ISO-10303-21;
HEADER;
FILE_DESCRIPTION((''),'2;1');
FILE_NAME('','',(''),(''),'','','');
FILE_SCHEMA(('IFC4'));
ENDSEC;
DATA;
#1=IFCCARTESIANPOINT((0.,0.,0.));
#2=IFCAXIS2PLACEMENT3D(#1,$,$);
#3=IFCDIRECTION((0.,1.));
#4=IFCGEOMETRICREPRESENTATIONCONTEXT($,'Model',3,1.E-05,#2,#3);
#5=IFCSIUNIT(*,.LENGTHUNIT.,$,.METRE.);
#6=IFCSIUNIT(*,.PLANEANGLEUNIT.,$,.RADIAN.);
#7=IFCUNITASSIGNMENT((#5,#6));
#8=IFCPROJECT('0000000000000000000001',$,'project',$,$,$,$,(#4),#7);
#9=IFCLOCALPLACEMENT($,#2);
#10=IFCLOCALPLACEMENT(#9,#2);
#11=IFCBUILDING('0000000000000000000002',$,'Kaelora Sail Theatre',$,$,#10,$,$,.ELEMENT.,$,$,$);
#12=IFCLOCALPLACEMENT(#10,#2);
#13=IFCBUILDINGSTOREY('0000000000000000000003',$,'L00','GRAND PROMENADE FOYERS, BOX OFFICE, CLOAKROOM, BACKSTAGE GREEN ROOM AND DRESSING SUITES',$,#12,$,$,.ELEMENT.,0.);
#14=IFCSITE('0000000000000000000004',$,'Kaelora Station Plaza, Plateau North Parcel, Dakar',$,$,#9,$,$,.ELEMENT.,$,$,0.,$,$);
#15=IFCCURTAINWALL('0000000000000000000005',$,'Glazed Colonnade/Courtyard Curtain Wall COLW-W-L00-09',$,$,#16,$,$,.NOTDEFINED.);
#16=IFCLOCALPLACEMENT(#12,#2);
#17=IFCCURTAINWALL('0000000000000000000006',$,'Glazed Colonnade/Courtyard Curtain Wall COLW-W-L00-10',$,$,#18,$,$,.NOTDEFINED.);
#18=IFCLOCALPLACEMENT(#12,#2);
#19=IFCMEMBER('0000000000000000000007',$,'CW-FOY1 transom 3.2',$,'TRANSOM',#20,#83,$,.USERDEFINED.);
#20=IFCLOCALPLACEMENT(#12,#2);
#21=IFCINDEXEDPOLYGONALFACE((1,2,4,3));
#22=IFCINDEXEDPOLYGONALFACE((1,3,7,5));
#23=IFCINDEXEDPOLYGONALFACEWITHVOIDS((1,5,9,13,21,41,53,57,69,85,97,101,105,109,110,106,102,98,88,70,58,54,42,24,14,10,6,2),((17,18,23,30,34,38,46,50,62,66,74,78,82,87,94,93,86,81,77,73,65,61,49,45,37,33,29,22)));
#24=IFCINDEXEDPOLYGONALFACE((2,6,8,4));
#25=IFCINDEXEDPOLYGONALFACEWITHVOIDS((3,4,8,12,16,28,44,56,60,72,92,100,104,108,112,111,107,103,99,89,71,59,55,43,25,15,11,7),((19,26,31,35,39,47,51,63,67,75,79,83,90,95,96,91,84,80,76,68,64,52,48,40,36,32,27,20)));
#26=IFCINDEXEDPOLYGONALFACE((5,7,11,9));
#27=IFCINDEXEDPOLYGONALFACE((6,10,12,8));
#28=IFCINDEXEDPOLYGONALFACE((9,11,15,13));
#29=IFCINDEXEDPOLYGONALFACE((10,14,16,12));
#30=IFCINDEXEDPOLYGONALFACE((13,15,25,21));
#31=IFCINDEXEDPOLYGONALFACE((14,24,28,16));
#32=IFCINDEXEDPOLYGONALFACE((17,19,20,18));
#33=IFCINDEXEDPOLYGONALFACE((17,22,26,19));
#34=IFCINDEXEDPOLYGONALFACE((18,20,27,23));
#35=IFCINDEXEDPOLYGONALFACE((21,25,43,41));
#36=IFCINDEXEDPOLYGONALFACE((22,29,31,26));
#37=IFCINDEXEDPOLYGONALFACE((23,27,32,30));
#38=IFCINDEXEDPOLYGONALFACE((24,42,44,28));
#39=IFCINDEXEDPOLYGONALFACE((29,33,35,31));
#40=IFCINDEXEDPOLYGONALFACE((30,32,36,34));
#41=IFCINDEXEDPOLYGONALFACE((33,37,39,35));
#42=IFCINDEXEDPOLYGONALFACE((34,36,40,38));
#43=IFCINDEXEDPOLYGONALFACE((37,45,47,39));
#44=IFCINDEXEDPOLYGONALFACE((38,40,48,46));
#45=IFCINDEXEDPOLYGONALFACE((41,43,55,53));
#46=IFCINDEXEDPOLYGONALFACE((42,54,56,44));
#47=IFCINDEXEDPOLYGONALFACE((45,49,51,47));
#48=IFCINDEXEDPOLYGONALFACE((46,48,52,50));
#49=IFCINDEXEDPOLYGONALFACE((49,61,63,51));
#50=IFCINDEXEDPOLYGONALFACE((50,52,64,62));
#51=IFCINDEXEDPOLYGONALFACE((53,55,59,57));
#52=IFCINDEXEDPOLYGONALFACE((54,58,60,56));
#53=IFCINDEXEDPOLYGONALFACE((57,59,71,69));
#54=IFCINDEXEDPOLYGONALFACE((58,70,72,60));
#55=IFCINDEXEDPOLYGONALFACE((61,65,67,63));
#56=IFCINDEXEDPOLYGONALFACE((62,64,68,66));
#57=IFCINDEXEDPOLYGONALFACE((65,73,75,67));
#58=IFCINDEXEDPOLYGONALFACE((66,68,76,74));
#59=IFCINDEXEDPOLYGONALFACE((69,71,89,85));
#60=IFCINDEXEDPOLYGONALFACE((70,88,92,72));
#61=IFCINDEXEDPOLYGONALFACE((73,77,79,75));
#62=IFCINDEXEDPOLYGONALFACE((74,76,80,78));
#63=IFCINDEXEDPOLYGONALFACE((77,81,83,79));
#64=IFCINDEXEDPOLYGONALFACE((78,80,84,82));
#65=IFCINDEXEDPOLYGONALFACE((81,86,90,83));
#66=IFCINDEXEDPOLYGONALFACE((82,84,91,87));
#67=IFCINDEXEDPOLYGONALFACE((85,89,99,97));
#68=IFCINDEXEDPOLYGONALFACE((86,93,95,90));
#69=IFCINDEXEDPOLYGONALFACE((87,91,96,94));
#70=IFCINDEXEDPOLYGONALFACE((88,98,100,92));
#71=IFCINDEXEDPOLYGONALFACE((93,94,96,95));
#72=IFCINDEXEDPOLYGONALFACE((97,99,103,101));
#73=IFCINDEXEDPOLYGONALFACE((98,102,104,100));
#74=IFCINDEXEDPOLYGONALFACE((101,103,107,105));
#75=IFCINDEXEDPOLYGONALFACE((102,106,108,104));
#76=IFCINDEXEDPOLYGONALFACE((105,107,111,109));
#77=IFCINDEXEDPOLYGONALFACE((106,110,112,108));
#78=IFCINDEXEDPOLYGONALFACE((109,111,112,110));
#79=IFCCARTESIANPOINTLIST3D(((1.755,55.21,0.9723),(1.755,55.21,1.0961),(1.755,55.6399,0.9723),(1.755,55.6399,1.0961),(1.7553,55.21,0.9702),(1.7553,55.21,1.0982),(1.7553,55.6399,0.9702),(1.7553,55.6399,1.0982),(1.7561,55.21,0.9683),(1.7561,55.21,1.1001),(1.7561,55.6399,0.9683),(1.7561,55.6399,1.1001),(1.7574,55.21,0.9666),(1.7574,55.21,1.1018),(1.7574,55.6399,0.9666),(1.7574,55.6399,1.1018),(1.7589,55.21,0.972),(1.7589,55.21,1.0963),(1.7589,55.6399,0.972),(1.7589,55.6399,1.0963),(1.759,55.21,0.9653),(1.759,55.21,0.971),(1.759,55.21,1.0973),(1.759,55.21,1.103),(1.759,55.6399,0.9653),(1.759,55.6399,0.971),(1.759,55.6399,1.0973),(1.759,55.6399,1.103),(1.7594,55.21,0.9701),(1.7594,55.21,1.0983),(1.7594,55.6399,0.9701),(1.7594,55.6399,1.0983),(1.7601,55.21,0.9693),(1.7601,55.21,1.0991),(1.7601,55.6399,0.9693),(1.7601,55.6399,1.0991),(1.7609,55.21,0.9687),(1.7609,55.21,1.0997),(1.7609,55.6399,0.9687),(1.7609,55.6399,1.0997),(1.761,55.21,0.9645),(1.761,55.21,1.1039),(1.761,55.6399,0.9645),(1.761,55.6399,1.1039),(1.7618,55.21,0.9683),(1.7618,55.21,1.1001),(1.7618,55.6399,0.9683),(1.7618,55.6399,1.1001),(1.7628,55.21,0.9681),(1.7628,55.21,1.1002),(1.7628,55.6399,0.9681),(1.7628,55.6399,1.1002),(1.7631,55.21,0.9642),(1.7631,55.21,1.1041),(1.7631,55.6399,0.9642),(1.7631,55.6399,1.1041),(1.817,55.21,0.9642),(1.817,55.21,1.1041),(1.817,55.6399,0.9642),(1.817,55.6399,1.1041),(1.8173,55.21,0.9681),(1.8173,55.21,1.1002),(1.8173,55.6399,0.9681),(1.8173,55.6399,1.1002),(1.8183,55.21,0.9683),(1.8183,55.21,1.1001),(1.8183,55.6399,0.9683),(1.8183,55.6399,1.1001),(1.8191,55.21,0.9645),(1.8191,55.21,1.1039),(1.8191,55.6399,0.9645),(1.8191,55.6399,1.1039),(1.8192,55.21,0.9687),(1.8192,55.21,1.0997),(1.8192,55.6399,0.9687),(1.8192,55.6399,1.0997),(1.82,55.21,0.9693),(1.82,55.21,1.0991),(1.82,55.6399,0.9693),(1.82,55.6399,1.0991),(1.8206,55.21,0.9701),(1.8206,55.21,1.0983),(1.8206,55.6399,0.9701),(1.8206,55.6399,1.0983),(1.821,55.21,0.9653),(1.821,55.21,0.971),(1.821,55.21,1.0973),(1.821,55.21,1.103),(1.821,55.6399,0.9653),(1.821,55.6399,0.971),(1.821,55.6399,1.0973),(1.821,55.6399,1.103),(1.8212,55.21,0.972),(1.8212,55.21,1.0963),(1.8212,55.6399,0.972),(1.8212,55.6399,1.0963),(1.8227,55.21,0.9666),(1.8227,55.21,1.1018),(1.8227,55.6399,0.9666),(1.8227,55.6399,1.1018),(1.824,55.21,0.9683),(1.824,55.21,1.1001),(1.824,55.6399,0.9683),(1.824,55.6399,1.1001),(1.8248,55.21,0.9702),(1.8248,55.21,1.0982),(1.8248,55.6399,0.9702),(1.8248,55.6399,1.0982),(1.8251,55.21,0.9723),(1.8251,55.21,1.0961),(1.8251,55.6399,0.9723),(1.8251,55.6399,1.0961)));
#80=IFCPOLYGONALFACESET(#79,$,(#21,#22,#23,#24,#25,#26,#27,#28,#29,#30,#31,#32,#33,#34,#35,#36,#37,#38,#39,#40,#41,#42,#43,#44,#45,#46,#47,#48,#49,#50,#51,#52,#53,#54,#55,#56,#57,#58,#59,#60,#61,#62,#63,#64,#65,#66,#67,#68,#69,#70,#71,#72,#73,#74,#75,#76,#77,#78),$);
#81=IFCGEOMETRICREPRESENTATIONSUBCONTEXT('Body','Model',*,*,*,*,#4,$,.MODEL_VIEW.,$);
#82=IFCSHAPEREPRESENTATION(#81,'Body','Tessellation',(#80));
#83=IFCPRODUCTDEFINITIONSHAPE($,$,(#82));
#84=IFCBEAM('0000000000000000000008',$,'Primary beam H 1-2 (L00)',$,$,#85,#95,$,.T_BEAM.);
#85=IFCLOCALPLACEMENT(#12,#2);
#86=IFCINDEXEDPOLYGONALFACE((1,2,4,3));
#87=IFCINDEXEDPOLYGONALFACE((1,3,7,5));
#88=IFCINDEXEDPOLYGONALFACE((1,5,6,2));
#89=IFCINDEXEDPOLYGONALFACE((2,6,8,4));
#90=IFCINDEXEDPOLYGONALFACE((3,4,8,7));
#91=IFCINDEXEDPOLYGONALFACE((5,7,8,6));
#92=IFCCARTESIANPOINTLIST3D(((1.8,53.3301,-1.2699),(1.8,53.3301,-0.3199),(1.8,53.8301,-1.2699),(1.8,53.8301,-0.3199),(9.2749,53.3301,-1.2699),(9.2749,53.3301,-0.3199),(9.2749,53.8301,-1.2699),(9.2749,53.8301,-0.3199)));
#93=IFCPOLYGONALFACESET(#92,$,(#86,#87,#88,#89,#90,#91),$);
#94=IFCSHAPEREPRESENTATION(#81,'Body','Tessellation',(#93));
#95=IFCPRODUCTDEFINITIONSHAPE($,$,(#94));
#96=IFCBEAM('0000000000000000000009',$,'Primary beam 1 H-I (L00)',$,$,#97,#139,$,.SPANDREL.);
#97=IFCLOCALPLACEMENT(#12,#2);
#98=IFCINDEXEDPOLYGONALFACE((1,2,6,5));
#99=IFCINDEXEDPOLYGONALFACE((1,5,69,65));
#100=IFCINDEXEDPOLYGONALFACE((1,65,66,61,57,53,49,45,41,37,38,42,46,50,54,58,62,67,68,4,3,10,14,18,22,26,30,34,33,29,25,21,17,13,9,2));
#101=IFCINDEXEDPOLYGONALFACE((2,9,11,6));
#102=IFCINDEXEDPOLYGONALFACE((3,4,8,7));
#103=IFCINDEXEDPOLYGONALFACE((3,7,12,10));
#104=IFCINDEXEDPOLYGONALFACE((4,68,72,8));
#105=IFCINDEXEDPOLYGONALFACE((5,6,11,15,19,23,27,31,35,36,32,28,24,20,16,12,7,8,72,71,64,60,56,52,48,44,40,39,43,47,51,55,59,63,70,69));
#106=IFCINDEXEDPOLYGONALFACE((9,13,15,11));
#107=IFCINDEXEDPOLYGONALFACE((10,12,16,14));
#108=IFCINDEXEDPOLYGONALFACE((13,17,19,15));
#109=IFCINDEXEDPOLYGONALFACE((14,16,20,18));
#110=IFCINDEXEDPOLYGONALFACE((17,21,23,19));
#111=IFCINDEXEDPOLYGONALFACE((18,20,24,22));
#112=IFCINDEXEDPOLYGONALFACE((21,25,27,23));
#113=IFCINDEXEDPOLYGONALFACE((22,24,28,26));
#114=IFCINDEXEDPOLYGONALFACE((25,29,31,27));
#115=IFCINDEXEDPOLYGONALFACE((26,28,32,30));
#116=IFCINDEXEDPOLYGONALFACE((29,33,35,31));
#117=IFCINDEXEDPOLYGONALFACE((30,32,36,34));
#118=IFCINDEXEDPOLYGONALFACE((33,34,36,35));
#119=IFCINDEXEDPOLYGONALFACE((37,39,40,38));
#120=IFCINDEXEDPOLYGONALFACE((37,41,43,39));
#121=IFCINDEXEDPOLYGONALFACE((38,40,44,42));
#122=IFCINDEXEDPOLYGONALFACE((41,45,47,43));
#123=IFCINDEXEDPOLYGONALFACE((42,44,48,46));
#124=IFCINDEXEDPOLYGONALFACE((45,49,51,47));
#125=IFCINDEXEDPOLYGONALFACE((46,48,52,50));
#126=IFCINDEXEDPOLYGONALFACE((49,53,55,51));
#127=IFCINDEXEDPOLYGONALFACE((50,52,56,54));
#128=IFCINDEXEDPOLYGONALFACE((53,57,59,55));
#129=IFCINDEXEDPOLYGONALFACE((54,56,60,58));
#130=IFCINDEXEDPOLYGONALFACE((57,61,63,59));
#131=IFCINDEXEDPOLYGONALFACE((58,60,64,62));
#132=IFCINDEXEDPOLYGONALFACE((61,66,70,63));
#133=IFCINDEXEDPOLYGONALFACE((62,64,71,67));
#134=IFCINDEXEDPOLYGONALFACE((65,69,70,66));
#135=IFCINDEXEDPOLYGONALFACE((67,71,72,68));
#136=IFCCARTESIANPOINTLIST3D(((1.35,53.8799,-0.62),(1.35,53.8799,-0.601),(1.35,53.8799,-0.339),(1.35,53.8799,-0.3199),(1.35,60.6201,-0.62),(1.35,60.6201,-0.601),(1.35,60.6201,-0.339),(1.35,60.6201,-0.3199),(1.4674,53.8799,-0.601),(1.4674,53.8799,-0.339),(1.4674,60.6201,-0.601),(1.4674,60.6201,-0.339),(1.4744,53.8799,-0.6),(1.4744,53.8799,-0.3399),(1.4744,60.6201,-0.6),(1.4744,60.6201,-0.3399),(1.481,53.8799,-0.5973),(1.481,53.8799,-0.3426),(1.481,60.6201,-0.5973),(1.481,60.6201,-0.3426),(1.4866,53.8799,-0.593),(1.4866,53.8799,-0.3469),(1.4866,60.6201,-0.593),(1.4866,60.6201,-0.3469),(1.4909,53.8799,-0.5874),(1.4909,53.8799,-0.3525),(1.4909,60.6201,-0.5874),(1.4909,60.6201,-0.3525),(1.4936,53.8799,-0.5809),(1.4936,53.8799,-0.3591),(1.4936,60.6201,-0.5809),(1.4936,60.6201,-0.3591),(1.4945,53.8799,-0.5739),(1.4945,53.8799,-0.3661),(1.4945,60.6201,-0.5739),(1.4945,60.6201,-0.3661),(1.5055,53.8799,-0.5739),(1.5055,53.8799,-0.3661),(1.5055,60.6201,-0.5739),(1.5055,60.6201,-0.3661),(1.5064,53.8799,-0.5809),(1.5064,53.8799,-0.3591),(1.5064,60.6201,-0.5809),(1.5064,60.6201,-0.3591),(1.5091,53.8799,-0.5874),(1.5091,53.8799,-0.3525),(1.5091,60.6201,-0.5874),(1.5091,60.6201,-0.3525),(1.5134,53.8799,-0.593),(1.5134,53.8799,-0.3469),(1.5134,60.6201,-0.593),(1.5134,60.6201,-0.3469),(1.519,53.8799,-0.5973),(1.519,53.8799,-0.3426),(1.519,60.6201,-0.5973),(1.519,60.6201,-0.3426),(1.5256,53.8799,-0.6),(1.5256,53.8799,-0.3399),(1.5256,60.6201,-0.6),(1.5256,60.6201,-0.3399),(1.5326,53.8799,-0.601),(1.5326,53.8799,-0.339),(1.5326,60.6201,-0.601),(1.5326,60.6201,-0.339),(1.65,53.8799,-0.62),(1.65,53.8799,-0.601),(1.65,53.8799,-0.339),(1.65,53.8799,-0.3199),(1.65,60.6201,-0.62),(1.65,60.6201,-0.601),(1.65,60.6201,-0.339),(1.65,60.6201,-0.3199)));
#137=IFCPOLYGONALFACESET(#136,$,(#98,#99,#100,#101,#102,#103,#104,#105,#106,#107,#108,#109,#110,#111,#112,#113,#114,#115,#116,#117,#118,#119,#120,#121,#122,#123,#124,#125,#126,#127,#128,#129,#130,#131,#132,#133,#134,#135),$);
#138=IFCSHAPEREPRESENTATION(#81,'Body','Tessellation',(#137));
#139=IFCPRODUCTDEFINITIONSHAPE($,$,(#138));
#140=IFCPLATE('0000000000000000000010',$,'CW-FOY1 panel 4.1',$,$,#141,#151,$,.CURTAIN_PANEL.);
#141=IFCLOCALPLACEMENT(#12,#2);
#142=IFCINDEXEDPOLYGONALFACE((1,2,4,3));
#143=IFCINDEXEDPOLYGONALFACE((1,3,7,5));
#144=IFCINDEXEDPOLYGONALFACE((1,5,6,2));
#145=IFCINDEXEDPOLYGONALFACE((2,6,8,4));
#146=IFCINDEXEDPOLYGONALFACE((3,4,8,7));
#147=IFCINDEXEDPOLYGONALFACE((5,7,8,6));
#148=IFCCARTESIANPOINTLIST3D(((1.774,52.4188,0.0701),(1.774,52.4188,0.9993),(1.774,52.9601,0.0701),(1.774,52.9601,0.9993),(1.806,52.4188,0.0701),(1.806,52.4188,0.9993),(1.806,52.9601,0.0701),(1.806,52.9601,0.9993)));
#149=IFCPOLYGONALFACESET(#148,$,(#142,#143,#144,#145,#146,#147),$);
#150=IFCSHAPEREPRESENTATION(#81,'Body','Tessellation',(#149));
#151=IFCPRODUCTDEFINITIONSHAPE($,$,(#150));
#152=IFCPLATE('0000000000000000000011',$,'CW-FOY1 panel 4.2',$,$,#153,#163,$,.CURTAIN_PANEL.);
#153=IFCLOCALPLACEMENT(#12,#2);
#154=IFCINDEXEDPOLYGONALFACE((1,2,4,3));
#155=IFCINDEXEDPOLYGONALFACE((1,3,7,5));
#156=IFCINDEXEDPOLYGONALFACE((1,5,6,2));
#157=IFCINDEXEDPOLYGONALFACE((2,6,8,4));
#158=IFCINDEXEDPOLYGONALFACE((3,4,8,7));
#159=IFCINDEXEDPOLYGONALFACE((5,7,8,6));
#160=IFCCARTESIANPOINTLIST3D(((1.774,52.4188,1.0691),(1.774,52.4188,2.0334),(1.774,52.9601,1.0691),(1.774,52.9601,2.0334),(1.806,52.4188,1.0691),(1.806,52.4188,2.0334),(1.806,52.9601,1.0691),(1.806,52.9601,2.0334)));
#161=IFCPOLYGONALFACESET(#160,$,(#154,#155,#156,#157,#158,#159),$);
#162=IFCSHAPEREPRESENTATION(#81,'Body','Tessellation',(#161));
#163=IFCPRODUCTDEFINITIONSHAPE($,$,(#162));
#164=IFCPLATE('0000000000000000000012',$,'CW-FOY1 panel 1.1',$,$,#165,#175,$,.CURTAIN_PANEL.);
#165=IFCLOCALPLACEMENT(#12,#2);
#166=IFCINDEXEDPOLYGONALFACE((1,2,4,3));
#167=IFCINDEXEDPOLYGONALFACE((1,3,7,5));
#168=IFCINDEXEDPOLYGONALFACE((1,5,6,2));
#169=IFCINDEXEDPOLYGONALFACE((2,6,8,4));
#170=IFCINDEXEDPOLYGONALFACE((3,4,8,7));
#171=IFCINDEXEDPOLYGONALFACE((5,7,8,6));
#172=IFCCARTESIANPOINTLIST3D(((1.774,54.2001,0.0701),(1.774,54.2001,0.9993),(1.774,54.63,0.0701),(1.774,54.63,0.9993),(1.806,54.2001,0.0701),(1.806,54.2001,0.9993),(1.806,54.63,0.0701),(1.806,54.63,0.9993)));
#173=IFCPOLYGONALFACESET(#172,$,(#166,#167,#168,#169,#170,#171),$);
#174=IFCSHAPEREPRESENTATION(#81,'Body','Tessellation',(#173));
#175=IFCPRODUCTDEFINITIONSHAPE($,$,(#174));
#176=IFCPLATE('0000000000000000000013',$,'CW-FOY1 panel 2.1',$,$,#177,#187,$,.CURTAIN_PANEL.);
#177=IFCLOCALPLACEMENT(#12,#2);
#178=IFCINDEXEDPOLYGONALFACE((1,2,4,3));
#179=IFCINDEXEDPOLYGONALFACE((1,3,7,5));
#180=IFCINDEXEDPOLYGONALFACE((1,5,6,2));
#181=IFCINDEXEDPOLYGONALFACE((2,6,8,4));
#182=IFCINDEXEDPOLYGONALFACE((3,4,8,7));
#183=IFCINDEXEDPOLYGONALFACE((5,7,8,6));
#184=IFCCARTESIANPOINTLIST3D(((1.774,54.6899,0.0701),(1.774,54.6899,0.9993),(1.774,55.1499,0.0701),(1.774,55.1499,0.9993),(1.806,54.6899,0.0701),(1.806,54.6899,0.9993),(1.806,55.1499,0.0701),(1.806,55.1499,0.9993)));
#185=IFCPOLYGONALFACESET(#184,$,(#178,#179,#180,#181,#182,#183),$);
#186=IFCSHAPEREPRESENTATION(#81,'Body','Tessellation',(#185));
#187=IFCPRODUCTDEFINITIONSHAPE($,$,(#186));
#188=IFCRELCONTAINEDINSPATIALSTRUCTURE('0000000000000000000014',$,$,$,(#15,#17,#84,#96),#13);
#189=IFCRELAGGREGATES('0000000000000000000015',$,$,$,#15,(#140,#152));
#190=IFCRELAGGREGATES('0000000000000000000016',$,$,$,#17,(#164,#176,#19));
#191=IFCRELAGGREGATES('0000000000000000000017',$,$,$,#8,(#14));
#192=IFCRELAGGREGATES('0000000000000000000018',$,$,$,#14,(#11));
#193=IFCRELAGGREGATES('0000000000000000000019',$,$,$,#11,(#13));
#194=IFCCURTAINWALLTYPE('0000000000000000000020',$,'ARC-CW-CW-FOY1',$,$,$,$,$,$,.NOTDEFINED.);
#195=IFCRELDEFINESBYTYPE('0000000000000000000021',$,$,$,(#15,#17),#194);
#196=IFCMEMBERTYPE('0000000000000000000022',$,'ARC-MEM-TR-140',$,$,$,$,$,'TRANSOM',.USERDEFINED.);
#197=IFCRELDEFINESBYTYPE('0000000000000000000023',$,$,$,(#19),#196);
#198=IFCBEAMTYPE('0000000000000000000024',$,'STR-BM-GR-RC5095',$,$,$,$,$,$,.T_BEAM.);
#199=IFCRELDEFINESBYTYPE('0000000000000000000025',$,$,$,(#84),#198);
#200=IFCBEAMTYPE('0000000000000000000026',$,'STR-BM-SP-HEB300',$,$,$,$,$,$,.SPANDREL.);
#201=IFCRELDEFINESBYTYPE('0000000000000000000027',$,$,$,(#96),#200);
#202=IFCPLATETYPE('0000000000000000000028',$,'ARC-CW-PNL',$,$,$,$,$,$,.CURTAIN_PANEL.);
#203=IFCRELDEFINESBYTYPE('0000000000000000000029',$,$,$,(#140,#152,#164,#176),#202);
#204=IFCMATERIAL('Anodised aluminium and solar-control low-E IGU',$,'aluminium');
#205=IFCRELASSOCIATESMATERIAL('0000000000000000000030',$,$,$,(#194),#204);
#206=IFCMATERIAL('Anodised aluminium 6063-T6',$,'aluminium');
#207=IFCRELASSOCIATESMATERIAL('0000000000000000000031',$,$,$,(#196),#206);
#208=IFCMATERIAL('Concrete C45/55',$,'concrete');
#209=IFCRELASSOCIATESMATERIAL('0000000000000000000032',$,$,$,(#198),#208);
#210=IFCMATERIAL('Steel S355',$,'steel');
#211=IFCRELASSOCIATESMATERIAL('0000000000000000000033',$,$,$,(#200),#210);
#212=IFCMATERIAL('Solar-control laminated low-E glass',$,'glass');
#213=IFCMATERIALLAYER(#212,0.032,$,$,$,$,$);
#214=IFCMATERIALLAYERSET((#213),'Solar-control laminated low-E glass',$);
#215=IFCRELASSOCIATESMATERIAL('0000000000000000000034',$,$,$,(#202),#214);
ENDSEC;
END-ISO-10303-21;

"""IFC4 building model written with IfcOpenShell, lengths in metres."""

from ifc_helpers import new_model, si_unit, direction, frame, origin, origin_2d, place, context, subcontext, project, spatial, rectangle, hollow_rectangle, i_section, extrude, material, layer, layer_set, material_profile, profile_set, type_object, element, aggregate, save


model = new_model("IFC4")

# Units and contexts
model_context = context("Model", 3, precision=1e-05, world=origin(), true_north=direction((0.0, 1.0)))
body_context = subcontext(model_context, "Body", "Model", "MODEL_VIEW")
ifc_project = project(units=[si_unit("LENGTHUNIT", "METRE"), si_unit("PLANEANGLEUNIT", "RADIAN")], contexts=[model_context])

# Site, building, storey
site_placement = place(None, origin())
site = spatial("IfcSite", under=ifc_project, at=site_placement, Name="Kaelora Station Plaza, Plateau North Parcel, Dakar", CompositionType="ELEMENT", RefElevation=0.0)
building_placement = place(site_placement, origin())
building = spatial("IfcBuilding", under=site, at=building_placement, Name="Kaelora Sail Theatre", CompositionType="ELEMENT")
storey_placement = place(building_placement, origin())
storey = spatial("IfcBuildingStorey", under=building, at=storey_placement, Name="L00", Description="GRAND PROMENADE FOYERS, BOX OFFICE, CLOAKROOM, BACKSTAGE GREEN ROOM AND DRESSING SUITES", CompositionType="ELEMENT", Elevation=0.0)

# Curtain walls
ifc_material_1 = material(Name="Anodised aluminium and solar-control low-E IGU", Category="aluminium")
curtain_wall_type = type_object("IfcCurtainWallType", Name="ARC-CW-CW-FOY1", PredefinedType="NOTDEFINED", material=ifc_material_1)
curtain_wall_1_placement = place(storey_placement, origin())
curtain_wall_1 = element("IfcCurtainWall", 1, at=curtain_wall_1_placement, inside=storey, type_object=curtain_wall_type, Name="Glazed Colonnade/Courtyard Curtain Wall COLW-W-L00-09", PredefinedType="NOTDEFINED")
curtain_wall_2_placement = place(storey_placement, origin())
curtain_wall_2 = element("IfcCurtainWall", 2, at=curtain_wall_2_placement, inside=storey, type_object=curtain_wall_type, Name="Glazed Colonnade/Courtyard Curtain Wall COLW-W-L00-10", PredefinedType="NOTDEFINED")

# Member
ifc_material_2 = material(Name="Anodised aluminium 6063-T6", Category="aluminium")
ifc_material_profile_1 = material_profile(ifc_material_2, hollow_rectangle(XDim=0.0701, YDim=0.1399, WallThickness=0.0039, InnerFilletRadius=0.0039, OuterFilletRadius=0.0081, at=origin_2d()), Name="ALU-TRAN 70x140x4")
ifc_profile_set_1 = profile_set([ifc_material_profile_1], Name="Anodised aluminium 6063-T6")
member_type_1 = type_object("IfcMemberType", Name="ARC-MEM-TR-140", ElementType="TRANSOM", PredefinedType="USERDEFINED", material=ifc_profile_set_1)
member_1_placement = place(storey_placement, frame((1.79, 55.21, 1.0342), z_axis=(0.0, 1.0, 0.0), x_axis=(-1.0, 0.0, 0.0)))
member_1 = element("IfcMember", 3, at=member_1_placement, type_object=member_type_1, Name="CW-FOY1 transom 3.2", ObjectType="TRANSOM", PredefinedType="USERDEFINED", context=body_context, shape_type="SweptSolid", body=[
    extrude(hollow_rectangle(XDim=0.0701, YDim=0.1399, WallThickness=0.0039, InnerFilletRadius=0.0039, OuterFilletRadius=0.0081, at=origin_2d()), origin(), (0.0, 0.0, 1.0), 0.4299),
])

# Beams
ifc_material_3 = material(Name="Concrete C45/55", Category="concrete")
ifc_material_profile_2 = material_profile(ifc_material_3, rectangle(XDim=0.5, YDim=0.95, at=origin_2d()), Name="RC-GRD 500x950")
ifc_profile_set_2 = profile_set([ifc_material_profile_2], Name="Concrete C45/55")
beam_type_1 = type_object("IfcBeamType", Name="STR-BM-GR-RC5095", PredefinedType="T_BEAM", material=ifc_profile_set_2)
beam_1_placement = place(storey_placement, frame((1.8, 53.5801, -0.7949), z_axis=(1.0, 0.0, 0.0), x_axis=(0.0, 1.0, 0.0)))
element("IfcBeam", 4, at=beam_1_placement, inside=storey, type_object=beam_type_1, Name="Primary beam H 1-2 (L00)", PredefinedType="T_BEAM", context=body_context, shape_type="SweptSolid", body=[
    extrude(rectangle(XDim=0.5, YDim=0.95, at=origin_2d()), origin(), (0.0, 0.0, 1.0), 7.4749),
])
ifc_material_4 = material(Name="Steel S355", Category="steel")
ifc_material_profile_3 = material_profile(ifc_material_4, i_section(OverallWidth=0.3, OverallDepth=0.3, WebThickness=0.011, FlangeThickness=0.019, FilletRadius=0.0271, at=origin_2d()), Name="HEB 300")
ifc_profile_set_3 = profile_set([ifc_material_profile_3], Name="Steel S355")
beam_type_2 = type_object("IfcBeamType", Name="STR-BM-SP-HEB300", PredefinedType="SPANDREL", material=ifc_profile_set_3)
beam_2_placement = place(storey_placement, frame((1.5, 53.8799, -0.47), z_axis=(0.0, 1.0, 0.0), x_axis=(-1.0, 0.0, 0.0)))
element("IfcBeam", 5, at=beam_2_placement, inside=storey, type_object=beam_type_2, Name="Primary beam 1 H-I (L00)", PredefinedType="SPANDREL", context=body_context, shape_type="SweptSolid", body=[
    extrude(i_section(OverallWidth=0.3, OverallDepth=0.3, WebThickness=0.011, FlangeThickness=0.019, FilletRadius=0.0271, at=origin_2d()), origin(), (0.0, 0.0, 1.0), 6.7402),
])

# Plates
ifc_material_5 = material(Name="Solar-control laminated low-E glass", Category="glass")
ifc_layer = layer(ifc_material_5, 0.032)
ifc_layer_set = layer_set([ifc_layer], Name="Solar-control laminated low-E glass")
plate_type = type_object("IfcPlateType", Name="ARC-CW-PNL", PredefinedType="CURTAIN_PANEL", material=ifc_layer_set)
plate_1_placement = place(storey_placement, frame((1.79, 52.6895, 0.0701), z_axis=(0.0, 0.0, 1.0), x_axis=(0.0, 1.0, 0.0)))
plate_1 = element("IfcPlate", 6, at=plate_1_placement, type_object=plate_type, Name="CW-FOY1 panel 4.1", PredefinedType="CURTAIN_PANEL", context=body_context, shape_type="SweptSolid", body=[
    extrude(rectangle(XDim=0.5413, YDim=0.032, at=origin_2d()), origin(), (0.0, 0.0, 1.0), 0.9292),
])
plate_2_placement = place(storey_placement, frame((1.79, 52.6895, 1.0691), z_axis=(0.0, 0.0, 1.0), x_axis=(0.0, 1.0, 0.0)))
plate_2 = element("IfcPlate", 7, at=plate_2_placement, type_object=plate_type, Name="CW-FOY1 panel 4.2", PredefinedType="CURTAIN_PANEL", context=body_context, shape_type="SweptSolid", body=[
    extrude(rectangle(XDim=0.5413, YDim=0.032, at=origin_2d()), origin(), (0.0, 0.0, 1.0), 0.9644),
])
aggregate(curtain_wall_1, [plate_1, plate_2])
plate_3_placement = place(storey_placement, frame((1.79, 54.415, 0.0701), z_axis=(0.0, 0.0, 1.0), x_axis=(0.0, 1.0, 0.0)))
plate_3 = element("IfcPlate", 8, at=plate_3_placement, type_object=plate_type, Name="CW-FOY1 panel 1.1", PredefinedType="CURTAIN_PANEL", context=body_context, shape_type="SweptSolid", body=[
    extrude(rectangle(XDim=0.4299, YDim=0.032, at=origin_2d()), origin(), (0.0, 0.0, 1.0), 0.9292),
])
plate_4_placement = place(storey_placement, frame((1.79, 54.9199, 0.0701), z_axis=(0.0, 0.0, 1.0), x_axis=(0.0, 1.0, 0.0)))
plate_4 = element("IfcPlate", 9, at=plate_4_placement, type_object=plate_type, Name="CW-FOY1 panel 2.1", PredefinedType="CURTAIN_PANEL", context=body_context, shape_type="SweptSolid", body=[
    extrude(rectangle(XDim=0.46, YDim=0.032, at=origin_2d()), origin(), (0.0, 0.0, 1.0), 0.9292),
])
aggregate(curtain_wall_2, [plate_3, plate_4, member_1])

save(model, "model.ifc")
